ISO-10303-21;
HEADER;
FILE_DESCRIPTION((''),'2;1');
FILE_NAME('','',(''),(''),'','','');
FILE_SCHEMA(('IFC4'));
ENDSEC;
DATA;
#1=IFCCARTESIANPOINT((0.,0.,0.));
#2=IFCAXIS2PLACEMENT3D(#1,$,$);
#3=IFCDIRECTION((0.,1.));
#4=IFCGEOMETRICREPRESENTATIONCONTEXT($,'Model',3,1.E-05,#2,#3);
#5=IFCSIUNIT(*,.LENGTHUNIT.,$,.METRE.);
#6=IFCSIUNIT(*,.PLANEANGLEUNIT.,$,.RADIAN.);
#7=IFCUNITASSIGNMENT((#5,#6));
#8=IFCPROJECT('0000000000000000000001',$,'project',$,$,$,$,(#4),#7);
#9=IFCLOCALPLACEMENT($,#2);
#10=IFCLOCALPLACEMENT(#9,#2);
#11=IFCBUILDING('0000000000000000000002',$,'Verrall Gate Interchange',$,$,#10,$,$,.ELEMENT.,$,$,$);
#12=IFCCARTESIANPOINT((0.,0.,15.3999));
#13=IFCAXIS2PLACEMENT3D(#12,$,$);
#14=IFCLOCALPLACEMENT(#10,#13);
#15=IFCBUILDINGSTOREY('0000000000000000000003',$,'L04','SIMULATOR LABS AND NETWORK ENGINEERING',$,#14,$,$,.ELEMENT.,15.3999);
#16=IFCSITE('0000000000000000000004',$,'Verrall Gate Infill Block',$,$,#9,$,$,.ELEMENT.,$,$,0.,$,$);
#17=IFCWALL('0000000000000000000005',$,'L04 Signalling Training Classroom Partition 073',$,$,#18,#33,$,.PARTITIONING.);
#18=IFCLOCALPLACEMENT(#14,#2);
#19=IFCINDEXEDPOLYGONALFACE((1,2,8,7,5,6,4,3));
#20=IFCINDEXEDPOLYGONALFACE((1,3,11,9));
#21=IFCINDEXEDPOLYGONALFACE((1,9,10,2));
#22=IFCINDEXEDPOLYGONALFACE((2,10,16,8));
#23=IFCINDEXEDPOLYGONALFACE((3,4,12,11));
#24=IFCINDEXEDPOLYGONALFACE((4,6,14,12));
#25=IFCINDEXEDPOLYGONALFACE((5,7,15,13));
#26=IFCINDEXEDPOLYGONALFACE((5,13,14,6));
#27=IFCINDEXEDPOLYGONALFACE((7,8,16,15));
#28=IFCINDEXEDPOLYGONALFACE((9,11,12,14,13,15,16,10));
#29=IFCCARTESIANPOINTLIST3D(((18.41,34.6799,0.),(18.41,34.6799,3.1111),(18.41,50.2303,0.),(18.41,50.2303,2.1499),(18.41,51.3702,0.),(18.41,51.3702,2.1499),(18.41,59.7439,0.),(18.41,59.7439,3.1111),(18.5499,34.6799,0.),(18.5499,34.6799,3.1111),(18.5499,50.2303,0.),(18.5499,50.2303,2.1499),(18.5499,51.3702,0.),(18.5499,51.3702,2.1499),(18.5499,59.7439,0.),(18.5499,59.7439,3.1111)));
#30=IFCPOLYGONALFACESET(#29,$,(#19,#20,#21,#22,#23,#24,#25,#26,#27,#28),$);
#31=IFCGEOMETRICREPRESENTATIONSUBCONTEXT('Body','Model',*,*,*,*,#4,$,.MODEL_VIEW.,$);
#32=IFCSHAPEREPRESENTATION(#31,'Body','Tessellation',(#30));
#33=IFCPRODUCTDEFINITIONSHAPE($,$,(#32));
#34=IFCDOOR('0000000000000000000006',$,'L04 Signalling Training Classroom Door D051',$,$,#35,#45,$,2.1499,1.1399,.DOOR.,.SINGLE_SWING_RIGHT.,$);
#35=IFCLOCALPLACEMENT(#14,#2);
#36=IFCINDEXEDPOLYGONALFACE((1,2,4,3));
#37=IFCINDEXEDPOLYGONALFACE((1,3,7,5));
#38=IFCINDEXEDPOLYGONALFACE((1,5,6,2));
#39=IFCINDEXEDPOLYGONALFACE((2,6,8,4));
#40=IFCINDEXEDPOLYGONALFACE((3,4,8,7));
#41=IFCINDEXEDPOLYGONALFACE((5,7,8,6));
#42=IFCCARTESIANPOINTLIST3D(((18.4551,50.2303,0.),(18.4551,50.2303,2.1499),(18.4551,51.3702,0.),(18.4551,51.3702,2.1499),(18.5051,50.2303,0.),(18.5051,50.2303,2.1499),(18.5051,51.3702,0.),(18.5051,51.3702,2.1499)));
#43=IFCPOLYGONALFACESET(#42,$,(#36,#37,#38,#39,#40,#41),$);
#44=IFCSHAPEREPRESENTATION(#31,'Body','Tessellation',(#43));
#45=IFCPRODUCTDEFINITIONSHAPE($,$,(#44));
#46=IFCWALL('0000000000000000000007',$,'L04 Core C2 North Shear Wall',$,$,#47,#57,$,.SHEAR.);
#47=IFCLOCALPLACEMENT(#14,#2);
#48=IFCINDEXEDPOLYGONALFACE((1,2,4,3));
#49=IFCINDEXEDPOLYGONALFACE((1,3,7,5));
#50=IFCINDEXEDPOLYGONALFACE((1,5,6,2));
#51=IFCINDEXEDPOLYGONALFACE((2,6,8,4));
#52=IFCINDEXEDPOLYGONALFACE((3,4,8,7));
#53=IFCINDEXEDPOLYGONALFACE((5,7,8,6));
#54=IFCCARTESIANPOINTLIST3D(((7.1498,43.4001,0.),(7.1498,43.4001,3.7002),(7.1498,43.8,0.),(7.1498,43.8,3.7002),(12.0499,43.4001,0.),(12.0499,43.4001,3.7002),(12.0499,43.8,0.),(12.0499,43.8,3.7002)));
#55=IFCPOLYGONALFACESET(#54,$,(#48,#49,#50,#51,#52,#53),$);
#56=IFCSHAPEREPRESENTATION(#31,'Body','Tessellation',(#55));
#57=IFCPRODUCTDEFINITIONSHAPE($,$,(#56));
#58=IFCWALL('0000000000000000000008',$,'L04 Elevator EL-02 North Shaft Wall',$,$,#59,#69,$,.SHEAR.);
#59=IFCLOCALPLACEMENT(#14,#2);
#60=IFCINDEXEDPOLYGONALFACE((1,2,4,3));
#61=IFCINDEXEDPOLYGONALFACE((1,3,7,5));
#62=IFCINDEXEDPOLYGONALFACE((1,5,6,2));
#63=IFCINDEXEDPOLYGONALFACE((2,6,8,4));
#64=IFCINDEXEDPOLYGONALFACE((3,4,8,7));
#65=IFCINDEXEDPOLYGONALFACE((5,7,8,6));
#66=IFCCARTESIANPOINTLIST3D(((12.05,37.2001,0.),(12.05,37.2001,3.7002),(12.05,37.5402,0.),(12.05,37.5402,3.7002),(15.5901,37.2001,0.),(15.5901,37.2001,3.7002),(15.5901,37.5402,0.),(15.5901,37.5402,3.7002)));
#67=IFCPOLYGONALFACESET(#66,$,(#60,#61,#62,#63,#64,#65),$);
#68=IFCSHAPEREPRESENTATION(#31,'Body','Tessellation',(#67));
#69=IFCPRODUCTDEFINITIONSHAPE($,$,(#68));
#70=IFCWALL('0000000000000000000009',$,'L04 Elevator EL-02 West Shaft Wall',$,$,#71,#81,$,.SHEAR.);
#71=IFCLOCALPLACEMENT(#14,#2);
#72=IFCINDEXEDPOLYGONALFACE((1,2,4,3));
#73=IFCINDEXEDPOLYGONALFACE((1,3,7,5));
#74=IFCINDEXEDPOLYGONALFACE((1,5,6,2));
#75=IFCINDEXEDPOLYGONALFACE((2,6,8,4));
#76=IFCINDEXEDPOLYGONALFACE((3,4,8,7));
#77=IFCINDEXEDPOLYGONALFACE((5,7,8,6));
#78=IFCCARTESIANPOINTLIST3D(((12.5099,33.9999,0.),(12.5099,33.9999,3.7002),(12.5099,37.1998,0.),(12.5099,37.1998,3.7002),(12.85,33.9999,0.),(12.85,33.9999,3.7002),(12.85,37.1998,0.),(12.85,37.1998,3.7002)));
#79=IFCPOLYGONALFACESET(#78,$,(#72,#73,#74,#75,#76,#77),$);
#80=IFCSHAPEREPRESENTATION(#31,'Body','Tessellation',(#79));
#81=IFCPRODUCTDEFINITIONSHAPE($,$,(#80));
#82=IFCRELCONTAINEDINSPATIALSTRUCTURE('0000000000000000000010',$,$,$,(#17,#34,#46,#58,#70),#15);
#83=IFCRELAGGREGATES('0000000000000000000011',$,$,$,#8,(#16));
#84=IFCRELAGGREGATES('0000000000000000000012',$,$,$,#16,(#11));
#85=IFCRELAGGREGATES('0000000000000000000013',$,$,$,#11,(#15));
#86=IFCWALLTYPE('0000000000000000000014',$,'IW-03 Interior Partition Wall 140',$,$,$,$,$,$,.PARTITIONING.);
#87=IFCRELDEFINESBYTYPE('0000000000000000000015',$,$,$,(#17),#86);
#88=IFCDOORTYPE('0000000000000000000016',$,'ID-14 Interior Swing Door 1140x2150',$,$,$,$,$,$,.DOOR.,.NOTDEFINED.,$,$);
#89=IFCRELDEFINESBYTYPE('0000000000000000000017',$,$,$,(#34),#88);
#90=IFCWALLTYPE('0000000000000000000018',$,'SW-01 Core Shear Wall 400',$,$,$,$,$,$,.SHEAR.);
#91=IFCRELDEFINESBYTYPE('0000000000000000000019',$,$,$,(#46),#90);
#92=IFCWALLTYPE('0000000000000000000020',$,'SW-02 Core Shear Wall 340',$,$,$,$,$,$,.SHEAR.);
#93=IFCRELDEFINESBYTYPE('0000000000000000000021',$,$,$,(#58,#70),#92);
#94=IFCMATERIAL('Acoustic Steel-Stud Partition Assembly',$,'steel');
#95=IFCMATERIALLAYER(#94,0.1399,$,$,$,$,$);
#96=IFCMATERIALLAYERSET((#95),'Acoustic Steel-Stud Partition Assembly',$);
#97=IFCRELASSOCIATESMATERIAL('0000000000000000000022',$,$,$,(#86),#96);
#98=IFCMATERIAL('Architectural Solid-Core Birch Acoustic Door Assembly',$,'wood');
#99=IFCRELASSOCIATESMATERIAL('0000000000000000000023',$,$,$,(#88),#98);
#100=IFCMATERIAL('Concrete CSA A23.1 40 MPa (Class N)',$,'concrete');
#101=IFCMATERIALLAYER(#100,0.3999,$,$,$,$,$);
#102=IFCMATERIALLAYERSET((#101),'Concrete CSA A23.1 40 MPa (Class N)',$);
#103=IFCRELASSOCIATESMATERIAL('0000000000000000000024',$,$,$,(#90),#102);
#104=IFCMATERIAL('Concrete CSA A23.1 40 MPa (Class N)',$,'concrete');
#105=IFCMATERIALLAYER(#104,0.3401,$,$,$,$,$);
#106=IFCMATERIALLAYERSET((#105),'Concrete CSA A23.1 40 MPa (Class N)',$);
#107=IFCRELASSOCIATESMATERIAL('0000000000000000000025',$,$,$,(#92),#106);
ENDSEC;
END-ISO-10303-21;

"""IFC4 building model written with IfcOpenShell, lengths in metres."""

from ifc_helpers import new_model, si_unit, direction, frame, frame_2d, origin, place, context, subcontext, project, spatial, rectangle, extrude, material, layer, layer_set, type_object, element, fill, save


model = new_model("IFC4")

# Units and contexts
model_context = context("Model", 3, precision=1e-05, world=origin(), true_north=direction((0.0, 1.0)))
body_context = subcontext(model_context, "Body", "Model", "MODEL_VIEW")
ifc_project = project(units=[si_unit("LENGTHUNIT", "METRE"), si_unit("PLANEANGLEUNIT", "RADIAN")], contexts=[model_context])

# Site, building, storey
site_placement = place(None, origin())
site = spatial("IfcSite", under=ifc_project, at=site_placement, Name="Verrall Gate Infill Block", CompositionType="ELEMENT", RefElevation=0.0)
building_placement = place(site_placement, origin())
building = spatial("IfcBuilding", under=site, at=building_placement, Name="Verrall Gate Interchange", CompositionType="ELEMENT")
storey_placement = place(building_placement, frame((0.0, 0.0, 15.3999)))
storey = spatial("IfcBuildingStorey", under=building, at=storey_placement, Name="L04", Description="SIMULATOR LABS AND NETWORK ENGINEERING", CompositionType="ELEMENT", Elevation=15.3999)

# Wall, opening, door
ifc_material_1 = material(Name="Acoustic Steel-Stud Partition Assembly", Category="steel")
ifc_layer_1 = layer(ifc_material_1, 0.1399)
ifc_layer_set_1 = layer_set([ifc_layer_1], Name="Acoustic Steel-Stud Partition Assembly")
wall_type_1 = type_object("IfcWallType", Name="IW-03 Interior Partition Wall 140", PredefinedType="PARTITIONING", material=ifc_layer_set_1)
wall_1_placement = place(storey_placement, frame((18.48, 34.6799, 0.0), z_axis=(0.0, 0.0, 1.0), x_axis=(0.0, 1.0, 0.0)))
wall_1 = element("IfcWall", 1, at=wall_1_placement, inside=storey, type_object=wall_type_1, Name="L04 Signalling Training Classroom Partition 073", PredefinedType="PARTITIONING", context=body_context, shape_type="SweptSolid", body=[
    extrude(rectangle(XDim=25.064, YDim=0.1399, at=frame_2d((12.532, 0.0))), origin(), (0.0, 0.0, 1.0), 3.1111),
])
opening_placement = place(wall_1_placement, frame((15.5505, 0.0, 0.0)))
opening = element("IfcOpeningElement", 2, at=opening_placement, cuts=wall_1, PredefinedType="OPENING", context=body_context, shape_type="SweptSolid", body=[
    extrude(rectangle(XDim=1.1399, YDim=2.1499, at=frame_2d((0.5698, 1.075))), frame((0.0, 0.085, 0.0), z_axis=(0.0, -1.0, 0.0), x_axis=(1.0, 0.0, 0.0)), (0.0, 0.0, 1.0), 0.1697),
])
ifc_material_2 = material(Name="Architectural Solid-Core Birch Acoustic Door Assembly", Category="wood")
door_type = type_object("IfcDoorType", Name="ID-14 Interior Swing Door 1140x2150", OperationType="NOTDEFINED", PredefinedType="DOOR", material=ifc_material_2)
door_placement = place(opening_placement, origin())
door = element("IfcDoor", 3, at=door_placement, inside=storey, type_object=door_type, Name="L04 Signalling Training Classroom Door D051", OperationType="SINGLE_SWING_RIGHT", OverallHeight=2.1499, OverallWidth=1.1399, PredefinedType="DOOR", context=body_context, shape_type="SweptSolid", body=[
    extrude(rectangle(XDim=1.1399, YDim=2.1499, at=frame_2d((0.5698, 1.075))), frame((0.0, 0.0249, 0.0), z_axis=(0.0, -1.0, 0.0), x_axis=(1.0, 0.0, 0.0)), (0.0, 0.0, 1.0), 0.05),
])
fill(opening, door)

# Walls
ifc_material_3 = material(Name="Concrete CSA A23.1 40 MPa (Class N)", Category="concrete")
ifc_layer_2 = layer(ifc_material_3, 0.3999)
ifc_layer_set_2 = layer_set([ifc_layer_2], Name="Concrete CSA A23.1 40 MPa (Class N)")
wall_type_2 = type_object("IfcWallType", Name="SW-01 Core Shear Wall 400", PredefinedType="SHEAR", material=ifc_layer_set_2)
wall_2_placement = place(storey_placement, frame((12.05, 43.6001, 0.0), z_axis=(0.0, 0.0, 1.0), x_axis=(-1.0, 0.0, 0.0)))
element("IfcWall", 4, at=wall_2_placement, inside=storey, type_object=wall_type_2, Name="L04 Core C2 North Shear Wall", PredefinedType="SHEAR", context=body_context, shape_type="SweptSolid", body=[
    extrude(rectangle(XDim=4.9001, YDim=0.3999, at=frame_2d((2.4502, 0.0))), origin(), (0.0, 0.0, 1.0), 3.7002),
])
ifc_material_4 = material(Name="Concrete CSA A23.1 40 MPa (Class N)", Category="concrete")
ifc_layer_3 = layer(ifc_material_4, 0.3401)
ifc_layer_set_3 = layer_set([ifc_layer_3], Name="Concrete CSA A23.1 40 MPa (Class N)")
wall_type_3 = type_object("IfcWallType", Name="SW-02 Core Shear Wall 340", PredefinedType="SHEAR", material=ifc_layer_set_3)
wall_3_placement = place(storey_placement, frame((15.5901, 37.3701, 0.0), z_axis=(0.0, 0.0, 1.0), x_axis=(-1.0, 0.0, 0.0)))
element("IfcWall", 5, at=wall_3_placement, inside=storey, type_object=wall_type_3, Name="L04 Elevator EL-02 North Shaft Wall", PredefinedType="SHEAR", context=body_context, shape_type="SweptSolid", body=[
    extrude(rectangle(XDim=3.54, YDim=0.3401, at=frame_2d((1.77, 0.0))), origin(), (0.0, 0.0, 1.0), 3.7002),
])
wall_4_placement = place(storey_placement, frame((12.6799, 37.2, 0.0), z_axis=(0.0, 0.0, 1.0), x_axis=(0.0, -1.0, 0.0)))
element("IfcWall", 6, at=wall_4_placement, inside=storey, type_object=wall_type_3, Name="L04 Elevator EL-02 West Shaft Wall", PredefinedType="SHEAR", context=body_context, shape_type="SweptSolid", body=[
    extrude(rectangle(XDim=3.2, YDim=0.3401, at=frame_2d((1.6001, 0.0))), origin(), (0.0, 0.0, 1.0), 3.7002),
])

save(model, "model.ifc")
